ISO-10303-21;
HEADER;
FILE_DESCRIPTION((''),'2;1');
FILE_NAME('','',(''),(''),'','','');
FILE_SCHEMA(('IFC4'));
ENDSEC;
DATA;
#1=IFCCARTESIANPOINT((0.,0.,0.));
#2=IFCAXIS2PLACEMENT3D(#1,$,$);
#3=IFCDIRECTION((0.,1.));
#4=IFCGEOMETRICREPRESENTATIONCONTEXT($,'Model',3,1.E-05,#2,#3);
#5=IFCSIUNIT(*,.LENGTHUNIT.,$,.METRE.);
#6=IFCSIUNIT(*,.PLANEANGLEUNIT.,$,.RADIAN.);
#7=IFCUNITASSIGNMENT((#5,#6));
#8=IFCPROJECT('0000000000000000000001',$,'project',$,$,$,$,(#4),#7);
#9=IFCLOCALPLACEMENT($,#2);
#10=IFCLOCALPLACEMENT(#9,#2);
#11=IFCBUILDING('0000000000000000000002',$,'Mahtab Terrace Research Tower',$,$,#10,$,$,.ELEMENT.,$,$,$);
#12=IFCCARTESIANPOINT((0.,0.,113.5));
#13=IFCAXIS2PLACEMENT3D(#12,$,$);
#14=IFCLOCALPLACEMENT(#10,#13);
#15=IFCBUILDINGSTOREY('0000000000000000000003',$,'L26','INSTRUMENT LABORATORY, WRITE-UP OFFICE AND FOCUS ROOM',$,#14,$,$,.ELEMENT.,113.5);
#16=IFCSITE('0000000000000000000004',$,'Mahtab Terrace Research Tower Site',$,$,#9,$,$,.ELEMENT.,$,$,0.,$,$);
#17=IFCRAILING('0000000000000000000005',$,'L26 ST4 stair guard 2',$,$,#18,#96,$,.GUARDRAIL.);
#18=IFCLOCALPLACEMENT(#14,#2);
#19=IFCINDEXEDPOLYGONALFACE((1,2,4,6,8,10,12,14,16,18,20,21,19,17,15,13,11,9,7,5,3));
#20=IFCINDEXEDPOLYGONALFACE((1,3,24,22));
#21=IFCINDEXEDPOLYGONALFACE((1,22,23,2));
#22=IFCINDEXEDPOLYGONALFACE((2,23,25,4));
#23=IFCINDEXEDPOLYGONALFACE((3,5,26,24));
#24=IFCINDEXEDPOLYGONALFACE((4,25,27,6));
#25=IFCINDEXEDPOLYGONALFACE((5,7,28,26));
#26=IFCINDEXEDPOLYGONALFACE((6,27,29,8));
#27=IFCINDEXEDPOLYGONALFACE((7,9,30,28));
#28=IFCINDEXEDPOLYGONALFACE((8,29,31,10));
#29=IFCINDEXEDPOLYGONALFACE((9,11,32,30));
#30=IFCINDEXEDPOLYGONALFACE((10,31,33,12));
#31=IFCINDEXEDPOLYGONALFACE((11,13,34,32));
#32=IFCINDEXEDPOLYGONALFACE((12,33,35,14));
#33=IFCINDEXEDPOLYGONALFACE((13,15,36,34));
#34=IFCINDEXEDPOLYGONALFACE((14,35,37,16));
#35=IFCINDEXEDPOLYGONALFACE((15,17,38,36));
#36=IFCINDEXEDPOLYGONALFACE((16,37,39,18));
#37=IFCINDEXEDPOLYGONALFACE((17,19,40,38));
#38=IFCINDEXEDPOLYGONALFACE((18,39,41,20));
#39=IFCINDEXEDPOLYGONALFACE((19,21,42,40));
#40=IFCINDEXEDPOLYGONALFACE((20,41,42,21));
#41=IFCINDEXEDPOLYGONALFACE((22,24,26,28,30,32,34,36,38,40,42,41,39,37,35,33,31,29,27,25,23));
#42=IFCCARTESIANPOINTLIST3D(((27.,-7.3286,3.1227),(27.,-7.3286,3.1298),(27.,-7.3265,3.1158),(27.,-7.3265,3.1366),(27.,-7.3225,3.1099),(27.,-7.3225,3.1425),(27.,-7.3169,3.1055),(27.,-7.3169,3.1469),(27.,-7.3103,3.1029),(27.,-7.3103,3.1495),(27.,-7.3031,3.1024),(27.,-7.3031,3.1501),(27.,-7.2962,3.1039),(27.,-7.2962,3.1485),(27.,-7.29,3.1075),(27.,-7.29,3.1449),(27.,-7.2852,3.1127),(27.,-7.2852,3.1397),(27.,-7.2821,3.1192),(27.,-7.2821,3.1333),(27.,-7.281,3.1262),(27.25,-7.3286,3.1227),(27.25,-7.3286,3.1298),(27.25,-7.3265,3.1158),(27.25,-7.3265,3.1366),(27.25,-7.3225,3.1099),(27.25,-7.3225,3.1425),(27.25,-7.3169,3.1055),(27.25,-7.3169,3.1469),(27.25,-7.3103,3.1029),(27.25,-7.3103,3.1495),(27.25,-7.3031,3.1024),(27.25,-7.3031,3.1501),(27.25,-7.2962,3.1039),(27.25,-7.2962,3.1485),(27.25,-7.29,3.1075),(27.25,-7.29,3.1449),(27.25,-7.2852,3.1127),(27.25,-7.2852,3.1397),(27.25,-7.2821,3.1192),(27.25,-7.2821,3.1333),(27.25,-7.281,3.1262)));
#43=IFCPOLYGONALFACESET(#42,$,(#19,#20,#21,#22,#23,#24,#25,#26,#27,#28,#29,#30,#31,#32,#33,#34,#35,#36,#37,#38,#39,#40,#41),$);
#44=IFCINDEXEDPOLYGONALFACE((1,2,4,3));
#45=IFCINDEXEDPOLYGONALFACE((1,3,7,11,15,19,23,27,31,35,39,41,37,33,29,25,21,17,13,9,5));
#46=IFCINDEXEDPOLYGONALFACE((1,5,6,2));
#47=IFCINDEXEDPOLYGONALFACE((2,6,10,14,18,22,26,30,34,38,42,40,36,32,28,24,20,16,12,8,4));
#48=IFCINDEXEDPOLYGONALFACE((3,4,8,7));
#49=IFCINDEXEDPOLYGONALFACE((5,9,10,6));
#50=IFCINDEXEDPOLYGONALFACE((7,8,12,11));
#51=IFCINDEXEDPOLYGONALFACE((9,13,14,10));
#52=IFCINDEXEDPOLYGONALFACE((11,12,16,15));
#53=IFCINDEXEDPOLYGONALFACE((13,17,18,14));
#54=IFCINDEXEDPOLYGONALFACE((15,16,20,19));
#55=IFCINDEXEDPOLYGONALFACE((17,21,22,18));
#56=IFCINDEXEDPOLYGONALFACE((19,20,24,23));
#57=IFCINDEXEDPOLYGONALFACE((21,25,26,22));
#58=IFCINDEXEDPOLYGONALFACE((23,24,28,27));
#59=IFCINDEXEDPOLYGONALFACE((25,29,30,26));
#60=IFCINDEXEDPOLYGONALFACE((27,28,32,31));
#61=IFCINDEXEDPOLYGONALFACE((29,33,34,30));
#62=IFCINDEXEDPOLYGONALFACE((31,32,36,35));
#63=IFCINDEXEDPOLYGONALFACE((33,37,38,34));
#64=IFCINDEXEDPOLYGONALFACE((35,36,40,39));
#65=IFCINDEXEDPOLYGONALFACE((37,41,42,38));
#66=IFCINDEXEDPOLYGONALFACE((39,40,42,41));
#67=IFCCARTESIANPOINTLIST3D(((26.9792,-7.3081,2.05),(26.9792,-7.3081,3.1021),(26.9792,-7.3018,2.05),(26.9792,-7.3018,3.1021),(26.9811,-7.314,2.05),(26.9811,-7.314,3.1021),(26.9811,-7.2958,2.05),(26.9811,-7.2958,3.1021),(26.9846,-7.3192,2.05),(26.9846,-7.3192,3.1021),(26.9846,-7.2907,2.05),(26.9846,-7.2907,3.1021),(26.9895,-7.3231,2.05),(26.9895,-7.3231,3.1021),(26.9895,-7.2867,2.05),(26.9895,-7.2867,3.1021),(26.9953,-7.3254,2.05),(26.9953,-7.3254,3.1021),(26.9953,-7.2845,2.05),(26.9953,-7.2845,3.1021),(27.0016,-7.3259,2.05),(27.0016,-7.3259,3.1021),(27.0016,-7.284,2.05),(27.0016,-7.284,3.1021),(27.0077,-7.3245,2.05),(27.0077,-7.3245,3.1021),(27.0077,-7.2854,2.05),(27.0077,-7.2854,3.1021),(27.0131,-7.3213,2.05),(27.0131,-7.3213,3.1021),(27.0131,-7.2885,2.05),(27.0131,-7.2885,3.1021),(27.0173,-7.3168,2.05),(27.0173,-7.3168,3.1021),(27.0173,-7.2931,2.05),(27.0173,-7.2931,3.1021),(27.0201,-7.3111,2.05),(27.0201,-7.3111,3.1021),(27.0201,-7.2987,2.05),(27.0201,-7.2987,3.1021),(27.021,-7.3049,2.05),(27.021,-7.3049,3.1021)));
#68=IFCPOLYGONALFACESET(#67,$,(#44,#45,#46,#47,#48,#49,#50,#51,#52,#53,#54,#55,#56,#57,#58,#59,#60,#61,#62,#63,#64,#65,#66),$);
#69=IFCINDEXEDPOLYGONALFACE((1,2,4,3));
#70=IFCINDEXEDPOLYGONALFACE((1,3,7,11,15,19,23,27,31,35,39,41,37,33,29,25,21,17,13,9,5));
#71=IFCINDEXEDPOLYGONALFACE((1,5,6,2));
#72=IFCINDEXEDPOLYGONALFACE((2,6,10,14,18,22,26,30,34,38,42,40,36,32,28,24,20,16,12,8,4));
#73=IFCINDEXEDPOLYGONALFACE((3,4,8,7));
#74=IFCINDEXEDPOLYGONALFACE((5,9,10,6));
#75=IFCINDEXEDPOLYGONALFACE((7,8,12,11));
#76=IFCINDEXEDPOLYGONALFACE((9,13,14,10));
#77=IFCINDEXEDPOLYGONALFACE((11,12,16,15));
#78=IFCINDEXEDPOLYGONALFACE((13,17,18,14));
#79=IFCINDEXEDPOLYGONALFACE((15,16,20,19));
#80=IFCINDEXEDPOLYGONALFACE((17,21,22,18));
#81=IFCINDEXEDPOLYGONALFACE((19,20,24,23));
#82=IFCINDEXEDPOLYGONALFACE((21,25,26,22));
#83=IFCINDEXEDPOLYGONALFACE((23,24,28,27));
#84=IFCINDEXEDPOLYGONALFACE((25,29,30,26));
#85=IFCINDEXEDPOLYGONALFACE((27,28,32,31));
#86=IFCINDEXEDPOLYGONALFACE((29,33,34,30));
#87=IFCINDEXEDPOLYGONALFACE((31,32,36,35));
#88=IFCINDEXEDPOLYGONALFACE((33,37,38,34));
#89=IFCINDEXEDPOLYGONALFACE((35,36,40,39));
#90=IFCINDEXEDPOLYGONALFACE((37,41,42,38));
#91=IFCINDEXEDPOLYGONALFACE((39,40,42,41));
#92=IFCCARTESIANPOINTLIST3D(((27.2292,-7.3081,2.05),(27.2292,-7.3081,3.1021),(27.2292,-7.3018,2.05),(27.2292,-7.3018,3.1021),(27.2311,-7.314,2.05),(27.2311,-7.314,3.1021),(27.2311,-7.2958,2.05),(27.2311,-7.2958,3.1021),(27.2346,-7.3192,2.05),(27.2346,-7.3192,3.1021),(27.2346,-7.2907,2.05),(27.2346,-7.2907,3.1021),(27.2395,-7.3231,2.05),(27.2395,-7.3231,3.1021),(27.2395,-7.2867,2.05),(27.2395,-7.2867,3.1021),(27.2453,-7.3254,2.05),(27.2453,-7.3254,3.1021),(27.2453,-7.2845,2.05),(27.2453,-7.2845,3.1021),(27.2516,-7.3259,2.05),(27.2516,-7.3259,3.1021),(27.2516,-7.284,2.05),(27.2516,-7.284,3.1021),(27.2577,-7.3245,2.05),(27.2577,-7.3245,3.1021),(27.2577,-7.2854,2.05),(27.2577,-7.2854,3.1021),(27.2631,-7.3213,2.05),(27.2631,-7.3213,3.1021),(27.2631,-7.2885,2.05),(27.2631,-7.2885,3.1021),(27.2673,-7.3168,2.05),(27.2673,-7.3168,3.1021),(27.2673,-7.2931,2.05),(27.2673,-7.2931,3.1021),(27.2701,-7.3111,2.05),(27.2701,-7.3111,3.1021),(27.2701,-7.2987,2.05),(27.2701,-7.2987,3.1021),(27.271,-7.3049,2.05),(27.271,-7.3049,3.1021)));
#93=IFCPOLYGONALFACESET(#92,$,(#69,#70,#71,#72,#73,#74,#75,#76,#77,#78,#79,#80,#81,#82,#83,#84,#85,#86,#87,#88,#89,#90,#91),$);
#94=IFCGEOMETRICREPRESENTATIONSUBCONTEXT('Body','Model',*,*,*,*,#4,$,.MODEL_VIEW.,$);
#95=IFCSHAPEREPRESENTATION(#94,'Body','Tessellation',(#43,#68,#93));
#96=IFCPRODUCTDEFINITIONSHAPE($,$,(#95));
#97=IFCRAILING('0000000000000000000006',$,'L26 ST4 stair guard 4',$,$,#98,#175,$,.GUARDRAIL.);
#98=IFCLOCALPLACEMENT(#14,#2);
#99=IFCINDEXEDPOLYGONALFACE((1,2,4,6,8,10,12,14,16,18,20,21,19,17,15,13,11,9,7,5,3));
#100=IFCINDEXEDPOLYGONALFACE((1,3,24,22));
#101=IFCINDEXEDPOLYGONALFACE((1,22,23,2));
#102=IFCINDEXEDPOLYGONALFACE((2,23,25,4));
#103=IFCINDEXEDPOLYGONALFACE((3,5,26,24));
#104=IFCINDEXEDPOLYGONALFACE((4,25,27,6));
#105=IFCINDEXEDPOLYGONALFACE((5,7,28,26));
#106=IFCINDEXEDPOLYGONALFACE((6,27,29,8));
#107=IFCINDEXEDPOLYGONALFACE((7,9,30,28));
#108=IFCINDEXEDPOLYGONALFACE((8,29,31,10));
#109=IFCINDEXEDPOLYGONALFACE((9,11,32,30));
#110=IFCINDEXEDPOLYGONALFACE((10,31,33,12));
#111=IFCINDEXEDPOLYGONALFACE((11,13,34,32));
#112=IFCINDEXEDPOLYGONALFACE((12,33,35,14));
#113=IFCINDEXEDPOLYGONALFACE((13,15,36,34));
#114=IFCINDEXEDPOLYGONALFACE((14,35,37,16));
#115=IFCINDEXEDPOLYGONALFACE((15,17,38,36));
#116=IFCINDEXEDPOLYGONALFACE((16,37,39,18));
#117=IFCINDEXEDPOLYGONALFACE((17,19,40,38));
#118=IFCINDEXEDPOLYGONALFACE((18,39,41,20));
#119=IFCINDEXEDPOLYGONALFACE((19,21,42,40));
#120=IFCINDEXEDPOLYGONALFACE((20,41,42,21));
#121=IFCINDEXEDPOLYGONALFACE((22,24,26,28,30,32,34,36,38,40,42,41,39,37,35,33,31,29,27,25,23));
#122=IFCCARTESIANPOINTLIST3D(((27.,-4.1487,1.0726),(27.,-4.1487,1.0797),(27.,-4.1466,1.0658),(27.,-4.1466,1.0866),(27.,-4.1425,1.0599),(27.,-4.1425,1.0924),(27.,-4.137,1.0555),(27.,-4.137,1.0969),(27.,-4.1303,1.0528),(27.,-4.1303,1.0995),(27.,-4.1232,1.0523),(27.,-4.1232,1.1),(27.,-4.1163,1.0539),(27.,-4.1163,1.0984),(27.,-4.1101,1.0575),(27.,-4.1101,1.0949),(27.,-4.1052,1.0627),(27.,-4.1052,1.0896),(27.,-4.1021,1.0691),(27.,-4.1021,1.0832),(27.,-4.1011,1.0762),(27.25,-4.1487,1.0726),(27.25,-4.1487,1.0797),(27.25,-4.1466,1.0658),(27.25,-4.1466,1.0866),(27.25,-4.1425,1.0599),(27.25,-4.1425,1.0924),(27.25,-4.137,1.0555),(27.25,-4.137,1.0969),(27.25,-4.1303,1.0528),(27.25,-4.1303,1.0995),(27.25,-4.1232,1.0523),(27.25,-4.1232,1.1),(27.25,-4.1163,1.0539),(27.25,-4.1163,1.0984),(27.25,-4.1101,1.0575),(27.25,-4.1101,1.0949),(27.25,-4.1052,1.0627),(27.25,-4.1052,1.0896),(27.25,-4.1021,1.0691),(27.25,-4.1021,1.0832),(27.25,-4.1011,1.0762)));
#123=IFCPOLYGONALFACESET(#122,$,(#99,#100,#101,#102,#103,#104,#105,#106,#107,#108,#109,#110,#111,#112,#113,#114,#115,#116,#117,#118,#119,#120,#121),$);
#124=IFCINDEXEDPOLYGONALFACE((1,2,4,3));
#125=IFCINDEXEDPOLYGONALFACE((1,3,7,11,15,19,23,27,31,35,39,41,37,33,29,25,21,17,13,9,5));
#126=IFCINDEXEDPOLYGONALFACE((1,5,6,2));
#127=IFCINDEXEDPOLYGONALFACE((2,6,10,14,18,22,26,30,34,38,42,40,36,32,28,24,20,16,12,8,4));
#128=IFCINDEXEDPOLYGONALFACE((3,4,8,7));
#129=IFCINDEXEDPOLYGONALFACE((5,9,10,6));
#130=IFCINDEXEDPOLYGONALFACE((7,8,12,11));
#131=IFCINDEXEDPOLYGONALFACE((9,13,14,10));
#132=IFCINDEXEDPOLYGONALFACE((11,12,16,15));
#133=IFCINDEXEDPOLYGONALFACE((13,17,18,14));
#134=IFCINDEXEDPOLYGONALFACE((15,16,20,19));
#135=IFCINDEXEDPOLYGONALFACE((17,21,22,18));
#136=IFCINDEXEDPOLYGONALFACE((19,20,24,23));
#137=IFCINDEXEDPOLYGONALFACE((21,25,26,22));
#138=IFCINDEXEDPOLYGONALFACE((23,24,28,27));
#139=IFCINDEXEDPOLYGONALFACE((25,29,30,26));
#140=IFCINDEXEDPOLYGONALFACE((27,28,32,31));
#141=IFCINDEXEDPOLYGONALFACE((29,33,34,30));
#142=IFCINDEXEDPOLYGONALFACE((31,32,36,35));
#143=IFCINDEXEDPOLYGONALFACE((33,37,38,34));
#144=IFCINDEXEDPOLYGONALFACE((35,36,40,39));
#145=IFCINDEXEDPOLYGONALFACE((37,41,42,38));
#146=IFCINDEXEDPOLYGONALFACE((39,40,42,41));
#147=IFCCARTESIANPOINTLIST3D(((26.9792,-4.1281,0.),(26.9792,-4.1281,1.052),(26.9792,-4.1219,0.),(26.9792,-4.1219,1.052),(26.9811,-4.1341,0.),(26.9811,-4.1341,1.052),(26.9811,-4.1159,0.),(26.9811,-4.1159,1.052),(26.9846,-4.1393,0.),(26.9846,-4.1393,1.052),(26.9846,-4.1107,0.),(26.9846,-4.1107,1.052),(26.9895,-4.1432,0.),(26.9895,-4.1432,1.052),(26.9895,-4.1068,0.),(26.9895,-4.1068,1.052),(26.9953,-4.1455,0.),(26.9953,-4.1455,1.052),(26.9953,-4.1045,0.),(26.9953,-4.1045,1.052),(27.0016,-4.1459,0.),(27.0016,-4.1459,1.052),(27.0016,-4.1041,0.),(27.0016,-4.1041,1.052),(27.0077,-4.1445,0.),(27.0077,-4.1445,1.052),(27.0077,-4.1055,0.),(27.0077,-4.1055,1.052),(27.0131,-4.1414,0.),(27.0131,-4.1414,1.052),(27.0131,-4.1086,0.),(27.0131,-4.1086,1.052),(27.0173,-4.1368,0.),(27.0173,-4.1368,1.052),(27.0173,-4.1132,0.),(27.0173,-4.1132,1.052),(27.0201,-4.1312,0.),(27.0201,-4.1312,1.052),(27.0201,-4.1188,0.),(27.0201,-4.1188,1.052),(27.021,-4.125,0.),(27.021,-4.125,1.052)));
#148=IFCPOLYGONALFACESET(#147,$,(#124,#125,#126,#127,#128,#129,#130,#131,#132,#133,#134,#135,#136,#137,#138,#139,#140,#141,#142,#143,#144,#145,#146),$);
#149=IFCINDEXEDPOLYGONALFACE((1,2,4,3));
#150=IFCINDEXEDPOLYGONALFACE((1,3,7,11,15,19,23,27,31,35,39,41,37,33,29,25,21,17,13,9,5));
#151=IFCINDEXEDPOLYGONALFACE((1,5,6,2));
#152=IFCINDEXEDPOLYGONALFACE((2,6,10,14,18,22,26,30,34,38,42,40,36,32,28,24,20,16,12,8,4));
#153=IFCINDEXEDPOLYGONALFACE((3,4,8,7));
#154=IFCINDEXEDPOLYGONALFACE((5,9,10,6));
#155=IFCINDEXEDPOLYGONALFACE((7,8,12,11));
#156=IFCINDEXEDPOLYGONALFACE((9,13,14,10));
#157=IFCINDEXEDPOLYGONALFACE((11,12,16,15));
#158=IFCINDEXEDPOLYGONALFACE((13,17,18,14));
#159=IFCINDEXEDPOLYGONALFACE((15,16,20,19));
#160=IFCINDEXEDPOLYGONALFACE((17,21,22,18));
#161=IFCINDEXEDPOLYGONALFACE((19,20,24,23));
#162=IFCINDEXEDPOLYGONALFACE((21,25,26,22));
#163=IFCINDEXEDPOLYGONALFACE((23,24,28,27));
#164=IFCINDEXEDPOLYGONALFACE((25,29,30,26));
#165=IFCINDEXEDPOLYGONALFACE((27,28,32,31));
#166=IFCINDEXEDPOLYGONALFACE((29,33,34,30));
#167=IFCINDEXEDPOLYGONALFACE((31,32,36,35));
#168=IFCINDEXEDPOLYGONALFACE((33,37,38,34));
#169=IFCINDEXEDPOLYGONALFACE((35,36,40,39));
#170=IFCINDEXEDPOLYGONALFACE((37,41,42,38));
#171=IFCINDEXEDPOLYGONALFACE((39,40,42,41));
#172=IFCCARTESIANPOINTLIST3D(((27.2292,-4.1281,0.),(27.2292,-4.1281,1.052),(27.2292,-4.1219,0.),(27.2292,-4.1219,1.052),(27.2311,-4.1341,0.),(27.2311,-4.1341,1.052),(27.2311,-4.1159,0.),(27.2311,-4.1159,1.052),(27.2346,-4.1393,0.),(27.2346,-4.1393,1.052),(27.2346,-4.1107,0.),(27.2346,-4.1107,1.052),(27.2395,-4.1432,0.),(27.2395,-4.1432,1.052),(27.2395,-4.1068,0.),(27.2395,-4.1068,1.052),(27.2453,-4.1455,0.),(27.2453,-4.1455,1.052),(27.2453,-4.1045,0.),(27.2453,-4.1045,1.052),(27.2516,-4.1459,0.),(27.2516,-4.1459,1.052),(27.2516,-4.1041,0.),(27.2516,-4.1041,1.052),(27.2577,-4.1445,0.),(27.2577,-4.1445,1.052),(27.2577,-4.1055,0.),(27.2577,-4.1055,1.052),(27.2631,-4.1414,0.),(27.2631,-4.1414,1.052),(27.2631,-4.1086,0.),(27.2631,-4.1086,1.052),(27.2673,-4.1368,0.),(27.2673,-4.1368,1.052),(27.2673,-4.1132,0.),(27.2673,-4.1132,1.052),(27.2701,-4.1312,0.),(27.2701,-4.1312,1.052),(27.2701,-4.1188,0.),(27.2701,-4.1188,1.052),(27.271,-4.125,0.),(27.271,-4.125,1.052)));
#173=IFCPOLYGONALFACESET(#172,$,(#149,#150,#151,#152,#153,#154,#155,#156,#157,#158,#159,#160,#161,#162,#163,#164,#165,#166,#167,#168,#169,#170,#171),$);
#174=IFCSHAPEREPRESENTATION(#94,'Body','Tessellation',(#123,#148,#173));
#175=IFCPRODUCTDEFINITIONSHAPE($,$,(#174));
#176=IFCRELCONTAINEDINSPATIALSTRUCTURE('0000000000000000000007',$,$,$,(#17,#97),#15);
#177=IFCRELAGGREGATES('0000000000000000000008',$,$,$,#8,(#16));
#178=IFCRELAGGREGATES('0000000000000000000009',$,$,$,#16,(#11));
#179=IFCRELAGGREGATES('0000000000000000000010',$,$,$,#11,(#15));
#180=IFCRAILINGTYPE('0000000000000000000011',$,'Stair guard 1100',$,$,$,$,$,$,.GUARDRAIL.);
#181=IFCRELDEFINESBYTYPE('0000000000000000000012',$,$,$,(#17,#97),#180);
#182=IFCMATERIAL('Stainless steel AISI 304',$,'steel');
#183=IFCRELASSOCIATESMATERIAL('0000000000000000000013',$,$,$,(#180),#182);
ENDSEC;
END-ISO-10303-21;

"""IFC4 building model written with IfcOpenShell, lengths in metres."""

from ifc_helpers import new_model, si_unit, direction, frame, origin, origin_2d, place, context, subcontext, project, spatial, circle, extrude, material, type_object, element, save


model = new_model("IFC4")

# Units and contexts
model_context = context("Model", 3, precision=1e-05, world=origin(), true_north=direction((0.0, 1.0)))
body_context = subcontext(model_context, "Body", "Model", "MODEL_VIEW")
ifc_project = project(units=[si_unit("LENGTHUNIT", "METRE"), si_unit("PLANEANGLEUNIT", "RADIAN")], contexts=[model_context])

# Site, building, storey
site_placement = place(None, origin())
site = spatial("IfcSite", under=ifc_project, at=site_placement, Name="Mahtab Terrace Research Tower Site", CompositionType="ELEMENT", RefElevation=0.0)
building_placement = place(site_placement, origin())
building = spatial("IfcBuilding", under=site, at=building_placement, Name="Mahtab Terrace Research Tower", CompositionType="ELEMENT")
storey_placement = place(building_placement, frame((0.0, 0.0, 113.5)))
storey = spatial("IfcBuildingStorey", under=building, at=storey_placement, Name="L26", Description="INSTRUMENT LABORATORY, WRITE-UP OFFICE AND FOCUS ROOM", CompositionType="ELEMENT", Elevation=113.5)

# Shared definitions
ifc_material_1 = material(Name="Stainless steel AISI 304", Category="steel")

# Railings
railing_type_1 = type_object("IfcRailingType", Name="Stair guard 1100", PredefinedType="GUARDRAIL", material=ifc_material_1)
for number, where, name in (
    (1, (27.0, -7.3049, 2.05), "L26 ST4 stair guard 2"),
    (2, (27.0, -4.125, 0.0), "L26 ST4 stair guard 4"),
):
    element("IfcRailing", number, at=place(storey_placement, frame(where)), inside=storey, type_object=railing_type_1, Name=name, PredefinedType="GUARDRAIL", context=body_context, shape_type="SweptSolid", body=[
        extrude(circle(Radius=0.0239, at=origin_2d()), frame((0.0, 0.0, 1.0762), z_axis=(1.0, 0.0, 0.0), x_axis=(0.0, 1.0, 0.0)), (0.0, 0.0, 1.0), 0.25),
        extrude(circle(Radius=0.021, at=origin_2d()), origin(), (0.0, 0.0, 1.0), 1.052),
        extrude(circle(Radius=0.021, at=origin_2d()), frame((0.25, 0.0, 0.0)), (0.0, 0.0, 1.0), 1.052),
    ])

save(model, "model.ifc")
